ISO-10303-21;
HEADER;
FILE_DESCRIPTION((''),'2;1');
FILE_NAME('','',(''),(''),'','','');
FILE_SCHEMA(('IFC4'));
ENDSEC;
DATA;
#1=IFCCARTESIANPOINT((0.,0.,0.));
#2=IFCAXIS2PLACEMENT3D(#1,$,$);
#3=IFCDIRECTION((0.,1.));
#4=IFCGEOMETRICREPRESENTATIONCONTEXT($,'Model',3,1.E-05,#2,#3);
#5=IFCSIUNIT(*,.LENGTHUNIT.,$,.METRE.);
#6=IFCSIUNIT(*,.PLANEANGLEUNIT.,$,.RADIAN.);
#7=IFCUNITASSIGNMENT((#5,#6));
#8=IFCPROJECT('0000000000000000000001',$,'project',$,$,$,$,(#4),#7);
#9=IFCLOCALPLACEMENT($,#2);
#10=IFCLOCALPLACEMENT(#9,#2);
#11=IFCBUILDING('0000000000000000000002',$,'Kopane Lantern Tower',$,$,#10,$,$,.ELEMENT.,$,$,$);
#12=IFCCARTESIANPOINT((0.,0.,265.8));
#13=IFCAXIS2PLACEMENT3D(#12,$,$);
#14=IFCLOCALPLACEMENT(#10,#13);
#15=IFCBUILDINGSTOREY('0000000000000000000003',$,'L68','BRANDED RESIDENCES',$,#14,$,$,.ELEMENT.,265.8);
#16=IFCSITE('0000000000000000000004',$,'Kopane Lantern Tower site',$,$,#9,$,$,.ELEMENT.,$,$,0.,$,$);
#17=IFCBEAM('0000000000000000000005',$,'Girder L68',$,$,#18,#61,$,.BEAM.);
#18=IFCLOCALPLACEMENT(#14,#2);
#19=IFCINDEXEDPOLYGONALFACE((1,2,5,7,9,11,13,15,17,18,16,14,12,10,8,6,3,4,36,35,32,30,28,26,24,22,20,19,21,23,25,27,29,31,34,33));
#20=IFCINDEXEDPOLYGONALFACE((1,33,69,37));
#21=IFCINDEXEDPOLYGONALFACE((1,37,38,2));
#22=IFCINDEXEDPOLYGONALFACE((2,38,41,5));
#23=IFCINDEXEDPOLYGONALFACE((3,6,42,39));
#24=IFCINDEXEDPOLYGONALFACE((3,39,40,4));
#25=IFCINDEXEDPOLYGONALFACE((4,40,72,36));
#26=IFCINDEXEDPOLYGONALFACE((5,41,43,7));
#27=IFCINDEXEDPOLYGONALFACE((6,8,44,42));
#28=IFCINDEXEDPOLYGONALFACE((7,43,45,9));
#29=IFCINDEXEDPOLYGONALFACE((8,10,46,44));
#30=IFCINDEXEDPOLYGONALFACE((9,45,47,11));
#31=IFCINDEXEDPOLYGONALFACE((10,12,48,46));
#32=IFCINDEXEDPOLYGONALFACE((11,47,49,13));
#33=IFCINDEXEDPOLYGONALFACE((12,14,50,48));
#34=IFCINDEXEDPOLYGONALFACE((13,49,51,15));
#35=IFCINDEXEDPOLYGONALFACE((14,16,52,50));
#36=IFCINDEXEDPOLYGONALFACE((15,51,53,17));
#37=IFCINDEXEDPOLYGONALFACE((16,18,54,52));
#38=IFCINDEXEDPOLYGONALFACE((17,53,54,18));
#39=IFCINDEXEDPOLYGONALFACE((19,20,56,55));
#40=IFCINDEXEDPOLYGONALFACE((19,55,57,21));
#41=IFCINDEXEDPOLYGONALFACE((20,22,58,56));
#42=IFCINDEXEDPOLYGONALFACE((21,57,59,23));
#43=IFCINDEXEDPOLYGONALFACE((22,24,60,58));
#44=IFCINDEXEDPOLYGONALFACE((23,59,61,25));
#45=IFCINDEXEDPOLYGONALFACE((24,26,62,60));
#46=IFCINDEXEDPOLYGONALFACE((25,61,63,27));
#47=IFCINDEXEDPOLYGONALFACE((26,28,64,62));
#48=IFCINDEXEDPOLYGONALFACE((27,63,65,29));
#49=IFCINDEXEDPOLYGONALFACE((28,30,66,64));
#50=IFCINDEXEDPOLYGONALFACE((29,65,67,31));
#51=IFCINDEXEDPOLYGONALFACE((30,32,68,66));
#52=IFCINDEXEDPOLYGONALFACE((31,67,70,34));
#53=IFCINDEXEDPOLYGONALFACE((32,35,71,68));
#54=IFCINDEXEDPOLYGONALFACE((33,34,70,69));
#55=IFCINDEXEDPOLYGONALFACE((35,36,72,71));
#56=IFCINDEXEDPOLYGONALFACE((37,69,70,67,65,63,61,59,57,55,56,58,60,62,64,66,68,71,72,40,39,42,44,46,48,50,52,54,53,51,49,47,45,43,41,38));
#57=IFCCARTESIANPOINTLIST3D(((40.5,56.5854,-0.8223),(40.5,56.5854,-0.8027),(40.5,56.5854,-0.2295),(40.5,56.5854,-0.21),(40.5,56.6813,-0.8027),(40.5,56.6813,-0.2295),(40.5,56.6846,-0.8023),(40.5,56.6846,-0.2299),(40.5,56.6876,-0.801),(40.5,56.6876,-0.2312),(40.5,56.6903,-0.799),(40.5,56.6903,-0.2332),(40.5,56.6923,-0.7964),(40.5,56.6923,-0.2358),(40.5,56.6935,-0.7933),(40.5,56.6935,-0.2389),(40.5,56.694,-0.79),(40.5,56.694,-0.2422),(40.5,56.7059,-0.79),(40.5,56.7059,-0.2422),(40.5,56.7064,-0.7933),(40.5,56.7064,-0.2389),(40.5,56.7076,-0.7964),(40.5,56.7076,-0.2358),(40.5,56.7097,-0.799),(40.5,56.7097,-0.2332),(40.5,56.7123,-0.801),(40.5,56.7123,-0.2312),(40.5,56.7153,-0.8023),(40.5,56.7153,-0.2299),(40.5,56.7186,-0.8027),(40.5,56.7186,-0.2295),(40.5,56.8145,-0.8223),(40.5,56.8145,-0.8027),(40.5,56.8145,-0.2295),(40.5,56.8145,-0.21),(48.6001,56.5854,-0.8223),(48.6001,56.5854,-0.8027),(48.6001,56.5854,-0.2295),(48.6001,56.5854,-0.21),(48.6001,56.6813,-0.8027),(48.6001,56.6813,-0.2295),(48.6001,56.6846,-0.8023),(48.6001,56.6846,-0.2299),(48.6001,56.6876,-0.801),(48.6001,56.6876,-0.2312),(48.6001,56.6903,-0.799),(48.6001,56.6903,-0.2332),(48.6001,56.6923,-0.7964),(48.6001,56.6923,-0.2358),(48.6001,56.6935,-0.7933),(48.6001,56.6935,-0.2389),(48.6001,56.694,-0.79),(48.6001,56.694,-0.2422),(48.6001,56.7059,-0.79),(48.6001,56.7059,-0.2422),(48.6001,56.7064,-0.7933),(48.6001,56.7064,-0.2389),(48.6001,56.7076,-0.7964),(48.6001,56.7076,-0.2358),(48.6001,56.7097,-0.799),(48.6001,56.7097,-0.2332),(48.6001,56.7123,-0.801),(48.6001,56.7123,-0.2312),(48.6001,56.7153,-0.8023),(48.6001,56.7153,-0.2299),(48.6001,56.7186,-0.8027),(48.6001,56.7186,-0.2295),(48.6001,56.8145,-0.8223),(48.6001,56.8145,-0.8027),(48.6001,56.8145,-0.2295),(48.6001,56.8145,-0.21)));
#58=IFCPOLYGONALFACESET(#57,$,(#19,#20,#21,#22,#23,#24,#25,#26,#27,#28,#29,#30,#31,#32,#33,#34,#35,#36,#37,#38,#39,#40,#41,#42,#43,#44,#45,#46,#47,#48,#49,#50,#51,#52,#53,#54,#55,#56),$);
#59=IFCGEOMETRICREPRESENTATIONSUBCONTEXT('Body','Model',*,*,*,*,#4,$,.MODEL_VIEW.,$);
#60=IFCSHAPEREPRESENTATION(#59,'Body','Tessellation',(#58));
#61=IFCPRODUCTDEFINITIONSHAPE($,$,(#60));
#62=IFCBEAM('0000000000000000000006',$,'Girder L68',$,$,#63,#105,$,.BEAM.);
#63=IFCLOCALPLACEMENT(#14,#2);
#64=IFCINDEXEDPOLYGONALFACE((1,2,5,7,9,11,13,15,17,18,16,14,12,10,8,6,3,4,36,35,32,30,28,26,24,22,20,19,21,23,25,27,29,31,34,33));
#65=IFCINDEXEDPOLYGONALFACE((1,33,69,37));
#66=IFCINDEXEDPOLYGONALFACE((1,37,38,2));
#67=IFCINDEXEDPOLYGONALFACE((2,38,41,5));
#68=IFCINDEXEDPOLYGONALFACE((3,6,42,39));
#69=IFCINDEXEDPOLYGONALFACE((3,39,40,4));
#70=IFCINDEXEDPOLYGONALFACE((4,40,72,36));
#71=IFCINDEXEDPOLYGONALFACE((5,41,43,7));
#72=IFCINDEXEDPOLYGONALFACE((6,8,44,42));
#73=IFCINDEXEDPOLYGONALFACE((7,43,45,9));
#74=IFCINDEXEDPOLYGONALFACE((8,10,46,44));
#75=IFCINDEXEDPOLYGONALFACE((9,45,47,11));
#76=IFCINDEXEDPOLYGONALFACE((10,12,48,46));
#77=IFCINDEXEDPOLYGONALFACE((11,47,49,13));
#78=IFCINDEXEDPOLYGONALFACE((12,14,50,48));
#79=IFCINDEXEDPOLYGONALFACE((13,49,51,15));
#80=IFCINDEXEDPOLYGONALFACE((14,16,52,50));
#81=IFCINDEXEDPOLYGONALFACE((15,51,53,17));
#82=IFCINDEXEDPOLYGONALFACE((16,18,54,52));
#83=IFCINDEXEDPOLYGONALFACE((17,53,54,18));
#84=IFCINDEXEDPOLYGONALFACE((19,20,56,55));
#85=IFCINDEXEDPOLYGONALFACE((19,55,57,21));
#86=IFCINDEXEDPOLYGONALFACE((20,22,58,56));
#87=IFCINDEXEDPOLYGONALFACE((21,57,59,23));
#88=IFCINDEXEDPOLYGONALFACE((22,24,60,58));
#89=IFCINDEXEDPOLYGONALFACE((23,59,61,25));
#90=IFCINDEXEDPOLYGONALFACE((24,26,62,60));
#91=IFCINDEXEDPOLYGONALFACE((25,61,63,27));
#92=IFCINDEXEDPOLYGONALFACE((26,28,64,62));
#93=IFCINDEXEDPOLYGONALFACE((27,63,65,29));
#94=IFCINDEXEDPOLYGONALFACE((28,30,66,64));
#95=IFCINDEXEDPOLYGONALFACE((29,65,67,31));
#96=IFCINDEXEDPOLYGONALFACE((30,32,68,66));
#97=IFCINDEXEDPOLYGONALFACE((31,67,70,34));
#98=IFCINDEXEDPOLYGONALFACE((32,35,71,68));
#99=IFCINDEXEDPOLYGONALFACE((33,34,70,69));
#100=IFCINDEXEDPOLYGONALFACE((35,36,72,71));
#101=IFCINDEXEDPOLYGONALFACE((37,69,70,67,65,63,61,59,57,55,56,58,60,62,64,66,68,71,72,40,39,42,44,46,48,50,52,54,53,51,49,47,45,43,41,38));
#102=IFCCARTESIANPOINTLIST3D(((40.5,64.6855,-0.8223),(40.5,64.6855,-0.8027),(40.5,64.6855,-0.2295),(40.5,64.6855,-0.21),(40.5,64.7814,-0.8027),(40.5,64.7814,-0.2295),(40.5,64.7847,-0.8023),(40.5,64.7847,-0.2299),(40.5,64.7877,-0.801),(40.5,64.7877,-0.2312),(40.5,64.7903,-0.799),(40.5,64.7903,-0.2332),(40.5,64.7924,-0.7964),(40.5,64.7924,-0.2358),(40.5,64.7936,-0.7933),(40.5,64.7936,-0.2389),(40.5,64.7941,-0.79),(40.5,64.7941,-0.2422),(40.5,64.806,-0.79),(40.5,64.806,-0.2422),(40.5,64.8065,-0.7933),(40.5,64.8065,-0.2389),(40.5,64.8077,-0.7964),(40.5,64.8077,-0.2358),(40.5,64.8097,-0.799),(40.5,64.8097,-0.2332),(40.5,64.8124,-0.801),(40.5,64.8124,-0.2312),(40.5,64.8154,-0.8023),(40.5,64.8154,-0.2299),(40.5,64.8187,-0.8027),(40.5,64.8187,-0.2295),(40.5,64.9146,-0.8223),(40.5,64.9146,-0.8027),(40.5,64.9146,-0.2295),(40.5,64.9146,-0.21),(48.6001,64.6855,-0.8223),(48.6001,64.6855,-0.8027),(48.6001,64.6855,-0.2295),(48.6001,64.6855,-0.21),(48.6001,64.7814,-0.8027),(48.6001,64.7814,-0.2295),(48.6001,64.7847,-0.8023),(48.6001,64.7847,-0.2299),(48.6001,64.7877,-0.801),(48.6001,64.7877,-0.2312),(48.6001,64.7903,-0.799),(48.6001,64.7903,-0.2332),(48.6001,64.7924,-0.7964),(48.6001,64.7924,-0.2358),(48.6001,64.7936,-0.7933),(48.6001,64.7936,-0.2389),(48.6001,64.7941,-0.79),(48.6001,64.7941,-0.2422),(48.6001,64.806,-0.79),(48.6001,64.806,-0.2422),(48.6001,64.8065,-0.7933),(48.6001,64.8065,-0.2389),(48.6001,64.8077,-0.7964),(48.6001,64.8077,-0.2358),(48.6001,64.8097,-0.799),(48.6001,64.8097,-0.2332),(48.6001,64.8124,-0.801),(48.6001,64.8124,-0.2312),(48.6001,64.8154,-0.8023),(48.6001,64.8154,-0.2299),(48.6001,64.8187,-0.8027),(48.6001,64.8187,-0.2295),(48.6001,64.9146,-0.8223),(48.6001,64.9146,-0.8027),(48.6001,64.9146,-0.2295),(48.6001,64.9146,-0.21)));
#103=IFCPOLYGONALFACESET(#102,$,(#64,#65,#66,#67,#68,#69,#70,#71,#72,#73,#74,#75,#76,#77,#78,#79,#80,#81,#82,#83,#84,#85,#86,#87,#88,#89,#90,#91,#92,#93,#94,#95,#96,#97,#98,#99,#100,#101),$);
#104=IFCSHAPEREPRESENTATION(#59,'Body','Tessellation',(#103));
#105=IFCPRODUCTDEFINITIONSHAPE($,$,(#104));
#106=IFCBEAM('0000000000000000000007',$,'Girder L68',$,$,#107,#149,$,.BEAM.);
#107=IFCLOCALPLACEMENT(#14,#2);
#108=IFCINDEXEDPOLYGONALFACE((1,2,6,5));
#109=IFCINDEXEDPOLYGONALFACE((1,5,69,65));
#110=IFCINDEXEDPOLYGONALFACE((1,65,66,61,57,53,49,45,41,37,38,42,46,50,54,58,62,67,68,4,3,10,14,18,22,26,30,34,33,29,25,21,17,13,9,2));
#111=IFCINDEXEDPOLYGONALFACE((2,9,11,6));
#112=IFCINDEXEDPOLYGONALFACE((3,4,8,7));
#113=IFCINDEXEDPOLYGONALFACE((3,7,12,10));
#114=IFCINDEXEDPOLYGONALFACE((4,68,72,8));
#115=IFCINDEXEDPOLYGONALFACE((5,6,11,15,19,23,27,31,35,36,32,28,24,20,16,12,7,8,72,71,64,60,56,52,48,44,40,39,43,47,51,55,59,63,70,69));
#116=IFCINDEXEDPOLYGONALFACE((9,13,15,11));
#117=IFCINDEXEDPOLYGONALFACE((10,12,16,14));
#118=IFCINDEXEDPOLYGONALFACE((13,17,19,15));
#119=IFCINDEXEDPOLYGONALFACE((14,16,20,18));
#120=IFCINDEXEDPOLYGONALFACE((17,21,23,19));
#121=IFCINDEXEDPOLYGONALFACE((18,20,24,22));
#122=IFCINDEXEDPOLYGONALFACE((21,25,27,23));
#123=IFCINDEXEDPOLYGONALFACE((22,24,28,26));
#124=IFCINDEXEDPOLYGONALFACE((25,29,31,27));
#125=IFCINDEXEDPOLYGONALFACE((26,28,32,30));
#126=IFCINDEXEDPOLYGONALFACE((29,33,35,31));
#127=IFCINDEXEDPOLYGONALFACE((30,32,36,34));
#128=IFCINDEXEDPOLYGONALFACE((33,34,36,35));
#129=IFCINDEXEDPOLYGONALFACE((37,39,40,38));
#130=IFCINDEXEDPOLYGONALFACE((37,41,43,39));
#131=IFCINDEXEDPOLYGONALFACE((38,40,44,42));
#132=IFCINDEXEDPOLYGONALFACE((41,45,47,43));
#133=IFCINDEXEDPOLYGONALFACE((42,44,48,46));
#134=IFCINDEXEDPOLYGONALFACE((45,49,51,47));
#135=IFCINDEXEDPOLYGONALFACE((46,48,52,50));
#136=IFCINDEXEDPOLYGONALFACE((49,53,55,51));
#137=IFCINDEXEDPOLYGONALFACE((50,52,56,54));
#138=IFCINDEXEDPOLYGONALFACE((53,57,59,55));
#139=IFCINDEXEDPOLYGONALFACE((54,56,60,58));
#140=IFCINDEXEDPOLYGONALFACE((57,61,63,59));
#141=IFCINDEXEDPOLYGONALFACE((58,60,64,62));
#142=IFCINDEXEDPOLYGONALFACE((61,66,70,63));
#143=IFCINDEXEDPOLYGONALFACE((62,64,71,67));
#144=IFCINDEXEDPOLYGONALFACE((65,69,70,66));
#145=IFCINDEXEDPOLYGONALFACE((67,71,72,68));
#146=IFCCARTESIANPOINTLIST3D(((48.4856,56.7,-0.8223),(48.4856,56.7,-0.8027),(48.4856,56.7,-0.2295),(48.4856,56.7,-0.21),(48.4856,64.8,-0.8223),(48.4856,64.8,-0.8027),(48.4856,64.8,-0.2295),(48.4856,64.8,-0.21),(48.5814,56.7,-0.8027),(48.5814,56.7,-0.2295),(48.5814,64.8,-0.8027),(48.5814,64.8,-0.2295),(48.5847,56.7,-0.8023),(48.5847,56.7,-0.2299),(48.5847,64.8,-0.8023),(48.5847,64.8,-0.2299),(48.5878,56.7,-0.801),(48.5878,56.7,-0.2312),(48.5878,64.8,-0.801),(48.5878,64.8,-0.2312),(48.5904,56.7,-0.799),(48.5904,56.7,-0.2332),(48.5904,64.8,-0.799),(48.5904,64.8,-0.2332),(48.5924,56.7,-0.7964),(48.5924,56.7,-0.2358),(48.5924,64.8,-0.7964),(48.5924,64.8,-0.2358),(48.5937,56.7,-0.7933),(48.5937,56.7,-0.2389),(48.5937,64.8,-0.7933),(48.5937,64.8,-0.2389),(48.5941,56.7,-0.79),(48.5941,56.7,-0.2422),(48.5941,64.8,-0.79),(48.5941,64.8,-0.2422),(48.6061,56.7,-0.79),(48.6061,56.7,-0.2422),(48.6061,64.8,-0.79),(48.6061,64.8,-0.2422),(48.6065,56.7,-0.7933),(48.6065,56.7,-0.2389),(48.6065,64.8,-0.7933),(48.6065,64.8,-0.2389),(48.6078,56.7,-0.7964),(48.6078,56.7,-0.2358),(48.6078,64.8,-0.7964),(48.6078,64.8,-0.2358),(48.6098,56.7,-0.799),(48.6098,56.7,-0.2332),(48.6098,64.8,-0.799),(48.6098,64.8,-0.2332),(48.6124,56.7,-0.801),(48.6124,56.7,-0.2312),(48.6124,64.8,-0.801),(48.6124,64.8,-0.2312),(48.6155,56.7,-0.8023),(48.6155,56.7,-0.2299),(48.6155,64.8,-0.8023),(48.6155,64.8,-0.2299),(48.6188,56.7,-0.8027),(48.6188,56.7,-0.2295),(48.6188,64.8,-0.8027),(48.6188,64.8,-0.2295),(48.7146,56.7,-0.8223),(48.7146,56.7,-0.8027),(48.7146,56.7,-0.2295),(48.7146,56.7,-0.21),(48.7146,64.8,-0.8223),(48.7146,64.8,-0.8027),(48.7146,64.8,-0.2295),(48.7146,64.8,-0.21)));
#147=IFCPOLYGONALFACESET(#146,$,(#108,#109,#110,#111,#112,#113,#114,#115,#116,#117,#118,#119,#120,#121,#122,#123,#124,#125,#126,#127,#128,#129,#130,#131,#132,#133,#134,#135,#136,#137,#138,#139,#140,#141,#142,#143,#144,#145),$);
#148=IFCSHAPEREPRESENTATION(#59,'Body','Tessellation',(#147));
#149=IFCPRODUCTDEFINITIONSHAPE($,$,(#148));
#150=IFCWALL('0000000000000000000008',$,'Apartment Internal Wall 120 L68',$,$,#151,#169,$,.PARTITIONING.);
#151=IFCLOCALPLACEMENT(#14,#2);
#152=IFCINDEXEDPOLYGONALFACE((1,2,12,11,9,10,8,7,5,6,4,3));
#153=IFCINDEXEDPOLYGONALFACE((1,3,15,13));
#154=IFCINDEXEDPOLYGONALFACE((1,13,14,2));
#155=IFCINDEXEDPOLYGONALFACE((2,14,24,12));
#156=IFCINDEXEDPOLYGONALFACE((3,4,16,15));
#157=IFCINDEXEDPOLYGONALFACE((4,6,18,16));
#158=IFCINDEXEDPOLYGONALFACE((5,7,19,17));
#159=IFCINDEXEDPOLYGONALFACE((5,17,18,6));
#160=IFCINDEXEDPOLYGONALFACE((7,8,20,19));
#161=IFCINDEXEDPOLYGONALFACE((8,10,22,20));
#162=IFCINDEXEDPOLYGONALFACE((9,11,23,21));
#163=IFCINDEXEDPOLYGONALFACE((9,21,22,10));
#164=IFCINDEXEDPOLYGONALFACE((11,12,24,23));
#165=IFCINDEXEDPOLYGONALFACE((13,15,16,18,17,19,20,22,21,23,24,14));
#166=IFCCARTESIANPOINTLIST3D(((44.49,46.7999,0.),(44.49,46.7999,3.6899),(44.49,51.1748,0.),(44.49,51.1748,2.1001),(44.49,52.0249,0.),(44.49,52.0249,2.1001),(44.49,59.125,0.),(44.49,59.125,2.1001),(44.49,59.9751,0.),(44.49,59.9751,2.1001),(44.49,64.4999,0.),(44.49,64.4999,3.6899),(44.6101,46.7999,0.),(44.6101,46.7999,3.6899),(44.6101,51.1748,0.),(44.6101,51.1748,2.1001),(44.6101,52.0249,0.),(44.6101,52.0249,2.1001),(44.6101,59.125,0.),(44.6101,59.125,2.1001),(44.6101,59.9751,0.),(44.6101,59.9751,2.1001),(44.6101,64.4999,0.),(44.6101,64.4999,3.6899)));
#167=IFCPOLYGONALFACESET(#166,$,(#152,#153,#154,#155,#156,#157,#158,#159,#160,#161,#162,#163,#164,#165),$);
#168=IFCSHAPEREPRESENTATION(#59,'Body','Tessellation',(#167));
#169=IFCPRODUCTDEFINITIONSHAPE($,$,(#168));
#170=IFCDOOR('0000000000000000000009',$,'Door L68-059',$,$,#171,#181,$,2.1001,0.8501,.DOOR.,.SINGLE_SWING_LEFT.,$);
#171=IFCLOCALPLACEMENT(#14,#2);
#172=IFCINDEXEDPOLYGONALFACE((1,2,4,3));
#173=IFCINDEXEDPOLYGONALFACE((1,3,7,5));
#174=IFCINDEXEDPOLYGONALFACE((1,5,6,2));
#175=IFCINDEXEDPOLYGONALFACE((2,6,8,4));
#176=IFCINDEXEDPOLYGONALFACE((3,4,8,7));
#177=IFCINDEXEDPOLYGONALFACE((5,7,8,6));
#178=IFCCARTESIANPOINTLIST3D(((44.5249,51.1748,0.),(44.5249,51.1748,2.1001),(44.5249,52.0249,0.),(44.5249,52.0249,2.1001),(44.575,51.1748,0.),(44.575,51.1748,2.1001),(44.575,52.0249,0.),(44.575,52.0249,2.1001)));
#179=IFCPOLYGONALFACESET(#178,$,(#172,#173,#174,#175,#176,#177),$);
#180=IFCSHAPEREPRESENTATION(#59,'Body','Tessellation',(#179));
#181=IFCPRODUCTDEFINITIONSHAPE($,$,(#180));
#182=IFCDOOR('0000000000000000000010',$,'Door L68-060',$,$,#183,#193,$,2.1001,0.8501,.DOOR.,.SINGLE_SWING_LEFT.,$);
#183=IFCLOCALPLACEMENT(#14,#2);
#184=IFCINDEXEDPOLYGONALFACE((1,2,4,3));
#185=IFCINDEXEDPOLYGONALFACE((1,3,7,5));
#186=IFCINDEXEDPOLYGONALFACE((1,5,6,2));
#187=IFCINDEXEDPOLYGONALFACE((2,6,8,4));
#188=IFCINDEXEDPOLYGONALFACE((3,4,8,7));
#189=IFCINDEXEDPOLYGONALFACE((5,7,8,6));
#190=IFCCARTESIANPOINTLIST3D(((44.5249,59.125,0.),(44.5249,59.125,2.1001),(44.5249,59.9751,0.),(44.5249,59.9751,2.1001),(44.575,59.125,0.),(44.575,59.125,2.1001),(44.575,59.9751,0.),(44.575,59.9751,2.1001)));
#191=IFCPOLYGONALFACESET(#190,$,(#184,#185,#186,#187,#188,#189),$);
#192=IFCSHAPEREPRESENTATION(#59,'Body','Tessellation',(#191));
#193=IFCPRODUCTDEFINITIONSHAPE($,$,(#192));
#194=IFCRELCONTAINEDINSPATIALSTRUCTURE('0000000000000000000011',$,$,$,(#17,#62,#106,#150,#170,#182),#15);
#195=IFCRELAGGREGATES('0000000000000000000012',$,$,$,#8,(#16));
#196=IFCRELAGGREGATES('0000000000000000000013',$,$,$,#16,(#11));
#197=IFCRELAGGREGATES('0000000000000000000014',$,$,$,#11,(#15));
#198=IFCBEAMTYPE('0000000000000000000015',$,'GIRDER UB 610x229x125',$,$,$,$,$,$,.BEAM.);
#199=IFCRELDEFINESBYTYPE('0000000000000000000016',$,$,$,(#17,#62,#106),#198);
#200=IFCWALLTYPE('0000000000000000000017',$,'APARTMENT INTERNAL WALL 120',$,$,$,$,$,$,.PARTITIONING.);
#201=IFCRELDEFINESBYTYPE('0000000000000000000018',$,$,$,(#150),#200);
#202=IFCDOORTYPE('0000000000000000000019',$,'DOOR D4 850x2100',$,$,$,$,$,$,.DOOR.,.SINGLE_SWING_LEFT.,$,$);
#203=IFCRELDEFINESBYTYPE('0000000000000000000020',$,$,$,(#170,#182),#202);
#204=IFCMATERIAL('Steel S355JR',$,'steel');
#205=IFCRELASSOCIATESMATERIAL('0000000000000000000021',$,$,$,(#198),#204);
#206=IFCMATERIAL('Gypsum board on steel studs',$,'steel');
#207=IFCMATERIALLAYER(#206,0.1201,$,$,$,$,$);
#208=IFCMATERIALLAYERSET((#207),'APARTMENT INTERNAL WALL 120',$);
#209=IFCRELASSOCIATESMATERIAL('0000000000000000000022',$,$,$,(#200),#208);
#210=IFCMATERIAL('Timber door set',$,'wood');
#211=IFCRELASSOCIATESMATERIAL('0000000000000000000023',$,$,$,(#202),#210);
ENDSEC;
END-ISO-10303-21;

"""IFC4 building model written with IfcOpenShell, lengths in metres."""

from ifc_helpers import new_model, si_unit, direction, frame, frame_2d, origin, origin_2d, place, context, subcontext, project, spatial, rectangle, i_section, extrude, material, layer, layer_set, material_profile, profile_set, type_object, element, fill, save


model = new_model("IFC4")

# Units and contexts
model_context = context("Model", 3, precision=1e-05, world=origin(), true_north=direction((0.0, 1.0)))
body_context = subcontext(model_context, "Body", "Model", "MODEL_VIEW")
ifc_project = project(units=[si_unit("LENGTHUNIT", "METRE"), si_unit("PLANEANGLEUNIT", "RADIAN")], contexts=[model_context])

# Site, building, storey
site_placement = place(None, origin())
site = spatial("IfcSite", under=ifc_project, at=site_placement, Name="Kopane Lantern Tower site", CompositionType="ELEMENT", RefElevation=0.0)
building_placement = place(site_placement, origin())
building = spatial("IfcBuilding", under=site, at=building_placement, Name="Kopane Lantern Tower", CompositionType="ELEMENT")
storey_placement = place(building_placement, frame((0.0, 0.0, 265.8)))
storey = spatial("IfcBuildingStorey", under=building, at=storey_placement, Name="L68", Description="BRANDED RESIDENCES", CompositionType="ELEMENT", Elevation=265.8)

# Beams
ifc_material_1 = material(Name="Steel S355JR", Category="steel")
ifc_material_profile_1 = material_profile(ifc_material_1, i_section(OverallWidth=0.229, OverallDepth=0.6123, WebThickness=0.012, FlangeThickness=0.0195, FilletRadius=0.0127, at=origin_2d()), Name="UB 610x229x125")
ifc_profile_set_1 = profile_set([ifc_material_profile_1], Name="Steel S355JR")
beam_type = type_object("IfcBeamType", Name="GIRDER UB 610x229x125", PredefinedType="BEAM", material=ifc_profile_set_1)
for number, where, z_axis, x_axis, name in (
    (1, (40.5, 56.7, -0.5161), (1.0, 0.0, 0.0), (0.0, 1.0, 0.0), "Girder L68"),
    (2, (40.5, 64.8, -0.5161), (1.0, 0.0, 0.0), (0.0, 1.0, 0.0), "Girder L68"),
    (3, (48.6001, 56.7, -0.5161), (0.0, 1.0, 0.0), (-1.0, 0.0, 0.0), "Girder L68"),
):
    element("IfcBeam", number, at=place(storey_placement, frame(where, z_axis=z_axis, x_axis=x_axis)), inside=storey, type_object=beam_type, Name=name, PredefinedType="BEAM", context=body_context, shape_type="SweptSolid", body=[
        extrude(i_section(OverallWidth=0.229, OverallDepth=0.6123, WebThickness=0.012, FlangeThickness=0.0195, FilletRadius=0.0127, at=origin_2d()), origin(), (0.0, 0.0, 1.0), 8.1001),
    ])

# Wall, openings, doors
ifc_material_2 = material(Name="Gypsum board on steel studs", Category="steel")
ifc_layer_1 = layer(ifc_material_2, 0.1201)
ifc_layer_set_1 = layer_set([ifc_layer_1], Name="APARTMENT INTERNAL WALL 120")
wall_type_1 = type_object("IfcWallType", Name="APARTMENT INTERNAL WALL 120", PredefinedType="PARTITIONING", material=ifc_layer_set_1)
wall_1_placement = place(storey_placement, frame((44.55, 64.5, 0.0), z_axis=(0.0, 0.0, 1.0), x_axis=(0.0, -1.0, 0.0)))
wall_1 = element("IfcWall", 4, at=wall_1_placement, inside=storey, type_object=wall_type_1, Name="Apartment Internal Wall 120 L68", PredefinedType="PARTITIONING", context=body_context, shape_type="SweptSolid", body=[
    extrude(rectangle(XDim=17.7, YDim=0.1201, at=frame_2d((8.8501, 0.0))), origin(), (0.0, 0.0, 1.0), 3.6899),
])
opening_1_placement = place(wall_1_placement, frame((12.4751, 0.0, 0.0)))
opening_1 = element("IfcOpeningElement", 5, at=opening_1_placement, cuts=wall_1, PredefinedType="OPENING", context=body_context, shape_type="SweptSolid", body=[
    extrude(rectangle(XDim=0.8501, YDim=2.1001, at=frame_2d((0.425, 1.05))), frame((0.0, 0.0701, 0.0), z_axis=(0.0, -1.0, 0.0), x_axis=(1.0, 0.0, 0.0)), (0.0, 0.0, 1.0), 0.1401),
])
opening_2_placement = place(wall_1_placement, frame((4.5249, 0.0, 0.0)))
opening_2 = element("IfcOpeningElement", 6, at=opening_2_placement, cuts=wall_1, PredefinedType="OPENING", context=body_context, shape_type="SweptSolid", body=[
    extrude(rectangle(XDim=0.8501, YDim=2.1001, at=frame_2d((0.425, 1.05))), frame((0.0, 0.0701, 0.0), z_axis=(0.0, -1.0, 0.0), x_axis=(1.0, 0.0, 0.0)), (0.0, 0.0, 1.0), 0.1401),
])
ifc_material_3 = material(Name="Timber door set", Category="wood")
door_type = type_object("IfcDoorType", Name="DOOR D4 850x2100", OperationType="SINGLE_SWING_LEFT", PredefinedType="DOOR", material=ifc_material_3)
door_1_placement = place(opening_1_placement, origin())
door_1 = element("IfcDoor", 7, at=door_1_placement, inside=storey, type_object=door_type, Name="Door L68-059", OperationType="SINGLE_SWING_LEFT", OverallHeight=2.1001, OverallWidth=0.8501, PredefinedType="DOOR", context=body_context, shape_type="SweptSolid", body=[
    extrude(rectangle(XDim=0.8501, YDim=2.1001, at=frame_2d((0.425, 1.05))), frame((0.0, 0.0249, 0.0), z_axis=(0.0, -1.0, 0.0), x_axis=(1.0, 0.0, 0.0)), (0.0, 0.0, 1.0), 0.05),
])
fill(opening_1, door_1)
door_2_placement = place(opening_2_placement, origin())
door_2 = element("IfcDoor", 8, at=door_2_placement, inside=storey, type_object=door_type, Name="Door L68-060", OperationType="SINGLE_SWING_LEFT", OverallHeight=2.1001, OverallWidth=0.8501, PredefinedType="DOOR", context=body_context, shape_type="SweptSolid", body=[
    extrude(rectangle(XDim=0.8501, YDim=2.1001, at=frame_2d((0.425, 1.05))), frame((0.0, 0.0249, 0.0), z_axis=(0.0, -1.0, 0.0), x_axis=(1.0, 0.0, 0.0)), (0.0, 0.0, 1.0), 0.05),
])
fill(opening_2, door_2)

save(model, "model.ifc")
